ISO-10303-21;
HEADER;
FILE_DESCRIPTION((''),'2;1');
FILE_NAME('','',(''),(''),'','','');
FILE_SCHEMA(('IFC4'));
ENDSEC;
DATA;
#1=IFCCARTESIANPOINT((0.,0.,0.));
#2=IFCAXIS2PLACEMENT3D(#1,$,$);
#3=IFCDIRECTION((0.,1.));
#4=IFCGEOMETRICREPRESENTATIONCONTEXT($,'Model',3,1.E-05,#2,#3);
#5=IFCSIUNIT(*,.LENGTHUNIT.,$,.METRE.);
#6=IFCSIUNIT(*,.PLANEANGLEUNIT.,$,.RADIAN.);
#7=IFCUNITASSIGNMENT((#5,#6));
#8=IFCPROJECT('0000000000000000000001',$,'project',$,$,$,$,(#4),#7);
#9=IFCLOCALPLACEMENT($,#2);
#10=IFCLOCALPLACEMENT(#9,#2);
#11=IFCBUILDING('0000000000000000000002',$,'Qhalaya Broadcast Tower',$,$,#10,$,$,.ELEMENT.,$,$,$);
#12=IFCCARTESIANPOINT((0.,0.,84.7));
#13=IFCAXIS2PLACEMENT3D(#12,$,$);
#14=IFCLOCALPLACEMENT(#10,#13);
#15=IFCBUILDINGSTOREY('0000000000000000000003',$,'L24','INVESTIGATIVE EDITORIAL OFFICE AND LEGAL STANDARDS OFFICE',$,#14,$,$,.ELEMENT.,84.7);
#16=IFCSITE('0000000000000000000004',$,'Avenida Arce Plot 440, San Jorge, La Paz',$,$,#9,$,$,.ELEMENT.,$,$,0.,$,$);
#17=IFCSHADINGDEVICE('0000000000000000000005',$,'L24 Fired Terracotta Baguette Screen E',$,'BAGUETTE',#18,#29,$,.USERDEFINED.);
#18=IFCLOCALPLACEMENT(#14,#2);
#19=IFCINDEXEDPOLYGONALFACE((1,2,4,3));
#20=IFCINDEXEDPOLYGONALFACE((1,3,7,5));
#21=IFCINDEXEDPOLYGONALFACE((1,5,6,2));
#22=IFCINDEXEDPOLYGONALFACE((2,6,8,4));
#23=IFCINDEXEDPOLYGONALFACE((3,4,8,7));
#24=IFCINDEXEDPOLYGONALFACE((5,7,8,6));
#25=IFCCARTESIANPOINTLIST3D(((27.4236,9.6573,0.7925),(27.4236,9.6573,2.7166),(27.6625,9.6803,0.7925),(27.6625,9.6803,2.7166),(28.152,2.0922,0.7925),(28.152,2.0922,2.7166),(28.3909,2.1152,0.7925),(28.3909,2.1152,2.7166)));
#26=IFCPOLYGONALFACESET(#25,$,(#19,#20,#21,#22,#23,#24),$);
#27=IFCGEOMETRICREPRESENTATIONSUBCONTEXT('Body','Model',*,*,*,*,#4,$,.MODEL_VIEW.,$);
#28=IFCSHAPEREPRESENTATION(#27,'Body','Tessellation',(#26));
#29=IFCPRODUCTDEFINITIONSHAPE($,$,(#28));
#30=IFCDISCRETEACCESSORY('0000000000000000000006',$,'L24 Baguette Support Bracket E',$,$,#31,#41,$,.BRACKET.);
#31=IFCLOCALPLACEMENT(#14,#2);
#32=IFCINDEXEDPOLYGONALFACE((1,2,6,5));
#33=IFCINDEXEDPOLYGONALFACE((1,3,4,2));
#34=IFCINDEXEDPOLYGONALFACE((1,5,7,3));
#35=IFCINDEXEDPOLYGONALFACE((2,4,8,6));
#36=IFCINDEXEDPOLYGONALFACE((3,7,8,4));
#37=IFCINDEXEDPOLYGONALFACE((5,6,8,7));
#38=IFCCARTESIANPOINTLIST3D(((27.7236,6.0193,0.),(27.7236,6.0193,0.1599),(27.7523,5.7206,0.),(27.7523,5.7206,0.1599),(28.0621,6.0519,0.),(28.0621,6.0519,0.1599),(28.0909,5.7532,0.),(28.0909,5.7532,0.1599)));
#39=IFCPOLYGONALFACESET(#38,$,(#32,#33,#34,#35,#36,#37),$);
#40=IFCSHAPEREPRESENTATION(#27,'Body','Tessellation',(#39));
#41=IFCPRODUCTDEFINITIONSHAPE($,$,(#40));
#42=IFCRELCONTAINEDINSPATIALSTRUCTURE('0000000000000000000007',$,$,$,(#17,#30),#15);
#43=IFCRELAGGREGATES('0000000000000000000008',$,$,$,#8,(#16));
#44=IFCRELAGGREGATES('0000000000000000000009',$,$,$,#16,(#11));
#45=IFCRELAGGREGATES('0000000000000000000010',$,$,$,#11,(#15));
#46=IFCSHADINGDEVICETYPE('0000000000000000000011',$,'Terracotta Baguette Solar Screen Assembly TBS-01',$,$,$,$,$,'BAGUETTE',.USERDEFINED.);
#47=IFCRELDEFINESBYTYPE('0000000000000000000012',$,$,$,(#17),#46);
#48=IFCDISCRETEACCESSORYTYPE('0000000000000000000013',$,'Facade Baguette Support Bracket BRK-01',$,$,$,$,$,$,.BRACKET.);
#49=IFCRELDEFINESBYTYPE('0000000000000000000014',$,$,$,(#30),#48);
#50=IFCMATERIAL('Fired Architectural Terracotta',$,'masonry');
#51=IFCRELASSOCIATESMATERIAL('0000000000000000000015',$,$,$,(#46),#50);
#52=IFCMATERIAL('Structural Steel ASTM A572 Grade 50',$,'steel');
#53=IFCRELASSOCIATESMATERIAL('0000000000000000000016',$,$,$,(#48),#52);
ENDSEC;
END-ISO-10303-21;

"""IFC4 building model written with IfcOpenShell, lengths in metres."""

from ifc_helpers import new_model, si_unit, direction, frame, origin, origin_2d, place, context, subcontext, project, spatial, rectangle, extrude, material, type_object, element, save


model = new_model("IFC4")

# Units and contexts
model_context = context("Model", 3, precision=1e-05, world=origin(), true_north=direction((0.0, 1.0)))
body_context = subcontext(model_context, "Body", "Model", "MODEL_VIEW")
ifc_project = project(units=[si_unit("LENGTHUNIT", "METRE"), si_unit("PLANEANGLEUNIT", "RADIAN")], contexts=[model_context])

# Site, building, storey
site_placement = place(None, origin())
site = spatial("IfcSite", under=ifc_project, at=site_placement, Name="Avenida Arce Plot 440, San Jorge, La Paz", CompositionType="ELEMENT", RefElevation=0.0)
building_placement = place(site_placement, origin())
building = spatial("IfcBuilding", under=site, at=building_placement, Name="Qhalaya Broadcast Tower", CompositionType="ELEMENT")
storey_placement = place(building_placement, frame((0.0, 0.0, 84.7)))
storey = spatial("IfcBuildingStorey", under=building, at=storey_placement, Name="L24", Description="INVESTIGATIVE EDITORIAL OFFICE AND LEGAL STANDARDS OFFICE", CompositionType="ELEMENT", Elevation=84.7)

# Shared definitions
ifc_material_1 = material(Name="Structural Steel ASTM A572 Grade 50", Category="steel")

# Shared definitions
ifc_material_2 = material(Name="Fired Architectural Terracotta", Category="masonry")

# Shading device
shading_device_type = type_object("IfcShadingDeviceType", Name="Terracotta Baguette Solar Screen Assembly TBS-01", ElementType="BAGUETTE", PredefinedType="USERDEFINED", material=ifc_material_2)
shading_device_placement = place(storey_placement, frame((27.9072, 5.8862, 0.7925), z_axis=(0.0, 0.0, 1.0), x_axis=(-0.095846, 0.995396, 0.0)))
element("IfcShadingDevice", 1, at=shading_device_placement, inside=storey, type_object=shading_device_type, Name="L24 Fired Terracotta Baguette Screen E", ObjectType="BAGUETTE", PredefinedType="USERDEFINED", context=body_context, shape_type="SweptSolid", body=[
    extrude(rectangle(XDim=7.6001, YDim=0.24, at=origin_2d()), origin(), (0.0, 0.0, 1.0), 1.9241),
])

# Discrete accessory
discrete_accessory_type = type_object("IfcDiscreteAccessoryType", Name="Facade Baguette Support Bracket BRK-01", PredefinedType="BRACKET", material=ifc_material_1)
discrete_accessory_placement = place(storey_placement, frame((27.9072, 5.8862, 0.0), z_axis=(0.0, 0.0, 1.0), x_axis=(-0.095846, 0.995396, 0.0)))
element("IfcDiscreteAccessory", 2, at=discrete_accessory_placement, inside=storey, type_object=discrete_accessory_type, Name="L24 Baguette Support Bracket E", PredefinedType="BRACKET", context=body_context, shape_type="SweptSolid", body=[
    extrude(rectangle(XDim=0.3, YDim=0.3401, at=origin_2d()), origin(), (0.0, 0.0, 1.0), 0.1599),
])

save(model, "model.ifc")
